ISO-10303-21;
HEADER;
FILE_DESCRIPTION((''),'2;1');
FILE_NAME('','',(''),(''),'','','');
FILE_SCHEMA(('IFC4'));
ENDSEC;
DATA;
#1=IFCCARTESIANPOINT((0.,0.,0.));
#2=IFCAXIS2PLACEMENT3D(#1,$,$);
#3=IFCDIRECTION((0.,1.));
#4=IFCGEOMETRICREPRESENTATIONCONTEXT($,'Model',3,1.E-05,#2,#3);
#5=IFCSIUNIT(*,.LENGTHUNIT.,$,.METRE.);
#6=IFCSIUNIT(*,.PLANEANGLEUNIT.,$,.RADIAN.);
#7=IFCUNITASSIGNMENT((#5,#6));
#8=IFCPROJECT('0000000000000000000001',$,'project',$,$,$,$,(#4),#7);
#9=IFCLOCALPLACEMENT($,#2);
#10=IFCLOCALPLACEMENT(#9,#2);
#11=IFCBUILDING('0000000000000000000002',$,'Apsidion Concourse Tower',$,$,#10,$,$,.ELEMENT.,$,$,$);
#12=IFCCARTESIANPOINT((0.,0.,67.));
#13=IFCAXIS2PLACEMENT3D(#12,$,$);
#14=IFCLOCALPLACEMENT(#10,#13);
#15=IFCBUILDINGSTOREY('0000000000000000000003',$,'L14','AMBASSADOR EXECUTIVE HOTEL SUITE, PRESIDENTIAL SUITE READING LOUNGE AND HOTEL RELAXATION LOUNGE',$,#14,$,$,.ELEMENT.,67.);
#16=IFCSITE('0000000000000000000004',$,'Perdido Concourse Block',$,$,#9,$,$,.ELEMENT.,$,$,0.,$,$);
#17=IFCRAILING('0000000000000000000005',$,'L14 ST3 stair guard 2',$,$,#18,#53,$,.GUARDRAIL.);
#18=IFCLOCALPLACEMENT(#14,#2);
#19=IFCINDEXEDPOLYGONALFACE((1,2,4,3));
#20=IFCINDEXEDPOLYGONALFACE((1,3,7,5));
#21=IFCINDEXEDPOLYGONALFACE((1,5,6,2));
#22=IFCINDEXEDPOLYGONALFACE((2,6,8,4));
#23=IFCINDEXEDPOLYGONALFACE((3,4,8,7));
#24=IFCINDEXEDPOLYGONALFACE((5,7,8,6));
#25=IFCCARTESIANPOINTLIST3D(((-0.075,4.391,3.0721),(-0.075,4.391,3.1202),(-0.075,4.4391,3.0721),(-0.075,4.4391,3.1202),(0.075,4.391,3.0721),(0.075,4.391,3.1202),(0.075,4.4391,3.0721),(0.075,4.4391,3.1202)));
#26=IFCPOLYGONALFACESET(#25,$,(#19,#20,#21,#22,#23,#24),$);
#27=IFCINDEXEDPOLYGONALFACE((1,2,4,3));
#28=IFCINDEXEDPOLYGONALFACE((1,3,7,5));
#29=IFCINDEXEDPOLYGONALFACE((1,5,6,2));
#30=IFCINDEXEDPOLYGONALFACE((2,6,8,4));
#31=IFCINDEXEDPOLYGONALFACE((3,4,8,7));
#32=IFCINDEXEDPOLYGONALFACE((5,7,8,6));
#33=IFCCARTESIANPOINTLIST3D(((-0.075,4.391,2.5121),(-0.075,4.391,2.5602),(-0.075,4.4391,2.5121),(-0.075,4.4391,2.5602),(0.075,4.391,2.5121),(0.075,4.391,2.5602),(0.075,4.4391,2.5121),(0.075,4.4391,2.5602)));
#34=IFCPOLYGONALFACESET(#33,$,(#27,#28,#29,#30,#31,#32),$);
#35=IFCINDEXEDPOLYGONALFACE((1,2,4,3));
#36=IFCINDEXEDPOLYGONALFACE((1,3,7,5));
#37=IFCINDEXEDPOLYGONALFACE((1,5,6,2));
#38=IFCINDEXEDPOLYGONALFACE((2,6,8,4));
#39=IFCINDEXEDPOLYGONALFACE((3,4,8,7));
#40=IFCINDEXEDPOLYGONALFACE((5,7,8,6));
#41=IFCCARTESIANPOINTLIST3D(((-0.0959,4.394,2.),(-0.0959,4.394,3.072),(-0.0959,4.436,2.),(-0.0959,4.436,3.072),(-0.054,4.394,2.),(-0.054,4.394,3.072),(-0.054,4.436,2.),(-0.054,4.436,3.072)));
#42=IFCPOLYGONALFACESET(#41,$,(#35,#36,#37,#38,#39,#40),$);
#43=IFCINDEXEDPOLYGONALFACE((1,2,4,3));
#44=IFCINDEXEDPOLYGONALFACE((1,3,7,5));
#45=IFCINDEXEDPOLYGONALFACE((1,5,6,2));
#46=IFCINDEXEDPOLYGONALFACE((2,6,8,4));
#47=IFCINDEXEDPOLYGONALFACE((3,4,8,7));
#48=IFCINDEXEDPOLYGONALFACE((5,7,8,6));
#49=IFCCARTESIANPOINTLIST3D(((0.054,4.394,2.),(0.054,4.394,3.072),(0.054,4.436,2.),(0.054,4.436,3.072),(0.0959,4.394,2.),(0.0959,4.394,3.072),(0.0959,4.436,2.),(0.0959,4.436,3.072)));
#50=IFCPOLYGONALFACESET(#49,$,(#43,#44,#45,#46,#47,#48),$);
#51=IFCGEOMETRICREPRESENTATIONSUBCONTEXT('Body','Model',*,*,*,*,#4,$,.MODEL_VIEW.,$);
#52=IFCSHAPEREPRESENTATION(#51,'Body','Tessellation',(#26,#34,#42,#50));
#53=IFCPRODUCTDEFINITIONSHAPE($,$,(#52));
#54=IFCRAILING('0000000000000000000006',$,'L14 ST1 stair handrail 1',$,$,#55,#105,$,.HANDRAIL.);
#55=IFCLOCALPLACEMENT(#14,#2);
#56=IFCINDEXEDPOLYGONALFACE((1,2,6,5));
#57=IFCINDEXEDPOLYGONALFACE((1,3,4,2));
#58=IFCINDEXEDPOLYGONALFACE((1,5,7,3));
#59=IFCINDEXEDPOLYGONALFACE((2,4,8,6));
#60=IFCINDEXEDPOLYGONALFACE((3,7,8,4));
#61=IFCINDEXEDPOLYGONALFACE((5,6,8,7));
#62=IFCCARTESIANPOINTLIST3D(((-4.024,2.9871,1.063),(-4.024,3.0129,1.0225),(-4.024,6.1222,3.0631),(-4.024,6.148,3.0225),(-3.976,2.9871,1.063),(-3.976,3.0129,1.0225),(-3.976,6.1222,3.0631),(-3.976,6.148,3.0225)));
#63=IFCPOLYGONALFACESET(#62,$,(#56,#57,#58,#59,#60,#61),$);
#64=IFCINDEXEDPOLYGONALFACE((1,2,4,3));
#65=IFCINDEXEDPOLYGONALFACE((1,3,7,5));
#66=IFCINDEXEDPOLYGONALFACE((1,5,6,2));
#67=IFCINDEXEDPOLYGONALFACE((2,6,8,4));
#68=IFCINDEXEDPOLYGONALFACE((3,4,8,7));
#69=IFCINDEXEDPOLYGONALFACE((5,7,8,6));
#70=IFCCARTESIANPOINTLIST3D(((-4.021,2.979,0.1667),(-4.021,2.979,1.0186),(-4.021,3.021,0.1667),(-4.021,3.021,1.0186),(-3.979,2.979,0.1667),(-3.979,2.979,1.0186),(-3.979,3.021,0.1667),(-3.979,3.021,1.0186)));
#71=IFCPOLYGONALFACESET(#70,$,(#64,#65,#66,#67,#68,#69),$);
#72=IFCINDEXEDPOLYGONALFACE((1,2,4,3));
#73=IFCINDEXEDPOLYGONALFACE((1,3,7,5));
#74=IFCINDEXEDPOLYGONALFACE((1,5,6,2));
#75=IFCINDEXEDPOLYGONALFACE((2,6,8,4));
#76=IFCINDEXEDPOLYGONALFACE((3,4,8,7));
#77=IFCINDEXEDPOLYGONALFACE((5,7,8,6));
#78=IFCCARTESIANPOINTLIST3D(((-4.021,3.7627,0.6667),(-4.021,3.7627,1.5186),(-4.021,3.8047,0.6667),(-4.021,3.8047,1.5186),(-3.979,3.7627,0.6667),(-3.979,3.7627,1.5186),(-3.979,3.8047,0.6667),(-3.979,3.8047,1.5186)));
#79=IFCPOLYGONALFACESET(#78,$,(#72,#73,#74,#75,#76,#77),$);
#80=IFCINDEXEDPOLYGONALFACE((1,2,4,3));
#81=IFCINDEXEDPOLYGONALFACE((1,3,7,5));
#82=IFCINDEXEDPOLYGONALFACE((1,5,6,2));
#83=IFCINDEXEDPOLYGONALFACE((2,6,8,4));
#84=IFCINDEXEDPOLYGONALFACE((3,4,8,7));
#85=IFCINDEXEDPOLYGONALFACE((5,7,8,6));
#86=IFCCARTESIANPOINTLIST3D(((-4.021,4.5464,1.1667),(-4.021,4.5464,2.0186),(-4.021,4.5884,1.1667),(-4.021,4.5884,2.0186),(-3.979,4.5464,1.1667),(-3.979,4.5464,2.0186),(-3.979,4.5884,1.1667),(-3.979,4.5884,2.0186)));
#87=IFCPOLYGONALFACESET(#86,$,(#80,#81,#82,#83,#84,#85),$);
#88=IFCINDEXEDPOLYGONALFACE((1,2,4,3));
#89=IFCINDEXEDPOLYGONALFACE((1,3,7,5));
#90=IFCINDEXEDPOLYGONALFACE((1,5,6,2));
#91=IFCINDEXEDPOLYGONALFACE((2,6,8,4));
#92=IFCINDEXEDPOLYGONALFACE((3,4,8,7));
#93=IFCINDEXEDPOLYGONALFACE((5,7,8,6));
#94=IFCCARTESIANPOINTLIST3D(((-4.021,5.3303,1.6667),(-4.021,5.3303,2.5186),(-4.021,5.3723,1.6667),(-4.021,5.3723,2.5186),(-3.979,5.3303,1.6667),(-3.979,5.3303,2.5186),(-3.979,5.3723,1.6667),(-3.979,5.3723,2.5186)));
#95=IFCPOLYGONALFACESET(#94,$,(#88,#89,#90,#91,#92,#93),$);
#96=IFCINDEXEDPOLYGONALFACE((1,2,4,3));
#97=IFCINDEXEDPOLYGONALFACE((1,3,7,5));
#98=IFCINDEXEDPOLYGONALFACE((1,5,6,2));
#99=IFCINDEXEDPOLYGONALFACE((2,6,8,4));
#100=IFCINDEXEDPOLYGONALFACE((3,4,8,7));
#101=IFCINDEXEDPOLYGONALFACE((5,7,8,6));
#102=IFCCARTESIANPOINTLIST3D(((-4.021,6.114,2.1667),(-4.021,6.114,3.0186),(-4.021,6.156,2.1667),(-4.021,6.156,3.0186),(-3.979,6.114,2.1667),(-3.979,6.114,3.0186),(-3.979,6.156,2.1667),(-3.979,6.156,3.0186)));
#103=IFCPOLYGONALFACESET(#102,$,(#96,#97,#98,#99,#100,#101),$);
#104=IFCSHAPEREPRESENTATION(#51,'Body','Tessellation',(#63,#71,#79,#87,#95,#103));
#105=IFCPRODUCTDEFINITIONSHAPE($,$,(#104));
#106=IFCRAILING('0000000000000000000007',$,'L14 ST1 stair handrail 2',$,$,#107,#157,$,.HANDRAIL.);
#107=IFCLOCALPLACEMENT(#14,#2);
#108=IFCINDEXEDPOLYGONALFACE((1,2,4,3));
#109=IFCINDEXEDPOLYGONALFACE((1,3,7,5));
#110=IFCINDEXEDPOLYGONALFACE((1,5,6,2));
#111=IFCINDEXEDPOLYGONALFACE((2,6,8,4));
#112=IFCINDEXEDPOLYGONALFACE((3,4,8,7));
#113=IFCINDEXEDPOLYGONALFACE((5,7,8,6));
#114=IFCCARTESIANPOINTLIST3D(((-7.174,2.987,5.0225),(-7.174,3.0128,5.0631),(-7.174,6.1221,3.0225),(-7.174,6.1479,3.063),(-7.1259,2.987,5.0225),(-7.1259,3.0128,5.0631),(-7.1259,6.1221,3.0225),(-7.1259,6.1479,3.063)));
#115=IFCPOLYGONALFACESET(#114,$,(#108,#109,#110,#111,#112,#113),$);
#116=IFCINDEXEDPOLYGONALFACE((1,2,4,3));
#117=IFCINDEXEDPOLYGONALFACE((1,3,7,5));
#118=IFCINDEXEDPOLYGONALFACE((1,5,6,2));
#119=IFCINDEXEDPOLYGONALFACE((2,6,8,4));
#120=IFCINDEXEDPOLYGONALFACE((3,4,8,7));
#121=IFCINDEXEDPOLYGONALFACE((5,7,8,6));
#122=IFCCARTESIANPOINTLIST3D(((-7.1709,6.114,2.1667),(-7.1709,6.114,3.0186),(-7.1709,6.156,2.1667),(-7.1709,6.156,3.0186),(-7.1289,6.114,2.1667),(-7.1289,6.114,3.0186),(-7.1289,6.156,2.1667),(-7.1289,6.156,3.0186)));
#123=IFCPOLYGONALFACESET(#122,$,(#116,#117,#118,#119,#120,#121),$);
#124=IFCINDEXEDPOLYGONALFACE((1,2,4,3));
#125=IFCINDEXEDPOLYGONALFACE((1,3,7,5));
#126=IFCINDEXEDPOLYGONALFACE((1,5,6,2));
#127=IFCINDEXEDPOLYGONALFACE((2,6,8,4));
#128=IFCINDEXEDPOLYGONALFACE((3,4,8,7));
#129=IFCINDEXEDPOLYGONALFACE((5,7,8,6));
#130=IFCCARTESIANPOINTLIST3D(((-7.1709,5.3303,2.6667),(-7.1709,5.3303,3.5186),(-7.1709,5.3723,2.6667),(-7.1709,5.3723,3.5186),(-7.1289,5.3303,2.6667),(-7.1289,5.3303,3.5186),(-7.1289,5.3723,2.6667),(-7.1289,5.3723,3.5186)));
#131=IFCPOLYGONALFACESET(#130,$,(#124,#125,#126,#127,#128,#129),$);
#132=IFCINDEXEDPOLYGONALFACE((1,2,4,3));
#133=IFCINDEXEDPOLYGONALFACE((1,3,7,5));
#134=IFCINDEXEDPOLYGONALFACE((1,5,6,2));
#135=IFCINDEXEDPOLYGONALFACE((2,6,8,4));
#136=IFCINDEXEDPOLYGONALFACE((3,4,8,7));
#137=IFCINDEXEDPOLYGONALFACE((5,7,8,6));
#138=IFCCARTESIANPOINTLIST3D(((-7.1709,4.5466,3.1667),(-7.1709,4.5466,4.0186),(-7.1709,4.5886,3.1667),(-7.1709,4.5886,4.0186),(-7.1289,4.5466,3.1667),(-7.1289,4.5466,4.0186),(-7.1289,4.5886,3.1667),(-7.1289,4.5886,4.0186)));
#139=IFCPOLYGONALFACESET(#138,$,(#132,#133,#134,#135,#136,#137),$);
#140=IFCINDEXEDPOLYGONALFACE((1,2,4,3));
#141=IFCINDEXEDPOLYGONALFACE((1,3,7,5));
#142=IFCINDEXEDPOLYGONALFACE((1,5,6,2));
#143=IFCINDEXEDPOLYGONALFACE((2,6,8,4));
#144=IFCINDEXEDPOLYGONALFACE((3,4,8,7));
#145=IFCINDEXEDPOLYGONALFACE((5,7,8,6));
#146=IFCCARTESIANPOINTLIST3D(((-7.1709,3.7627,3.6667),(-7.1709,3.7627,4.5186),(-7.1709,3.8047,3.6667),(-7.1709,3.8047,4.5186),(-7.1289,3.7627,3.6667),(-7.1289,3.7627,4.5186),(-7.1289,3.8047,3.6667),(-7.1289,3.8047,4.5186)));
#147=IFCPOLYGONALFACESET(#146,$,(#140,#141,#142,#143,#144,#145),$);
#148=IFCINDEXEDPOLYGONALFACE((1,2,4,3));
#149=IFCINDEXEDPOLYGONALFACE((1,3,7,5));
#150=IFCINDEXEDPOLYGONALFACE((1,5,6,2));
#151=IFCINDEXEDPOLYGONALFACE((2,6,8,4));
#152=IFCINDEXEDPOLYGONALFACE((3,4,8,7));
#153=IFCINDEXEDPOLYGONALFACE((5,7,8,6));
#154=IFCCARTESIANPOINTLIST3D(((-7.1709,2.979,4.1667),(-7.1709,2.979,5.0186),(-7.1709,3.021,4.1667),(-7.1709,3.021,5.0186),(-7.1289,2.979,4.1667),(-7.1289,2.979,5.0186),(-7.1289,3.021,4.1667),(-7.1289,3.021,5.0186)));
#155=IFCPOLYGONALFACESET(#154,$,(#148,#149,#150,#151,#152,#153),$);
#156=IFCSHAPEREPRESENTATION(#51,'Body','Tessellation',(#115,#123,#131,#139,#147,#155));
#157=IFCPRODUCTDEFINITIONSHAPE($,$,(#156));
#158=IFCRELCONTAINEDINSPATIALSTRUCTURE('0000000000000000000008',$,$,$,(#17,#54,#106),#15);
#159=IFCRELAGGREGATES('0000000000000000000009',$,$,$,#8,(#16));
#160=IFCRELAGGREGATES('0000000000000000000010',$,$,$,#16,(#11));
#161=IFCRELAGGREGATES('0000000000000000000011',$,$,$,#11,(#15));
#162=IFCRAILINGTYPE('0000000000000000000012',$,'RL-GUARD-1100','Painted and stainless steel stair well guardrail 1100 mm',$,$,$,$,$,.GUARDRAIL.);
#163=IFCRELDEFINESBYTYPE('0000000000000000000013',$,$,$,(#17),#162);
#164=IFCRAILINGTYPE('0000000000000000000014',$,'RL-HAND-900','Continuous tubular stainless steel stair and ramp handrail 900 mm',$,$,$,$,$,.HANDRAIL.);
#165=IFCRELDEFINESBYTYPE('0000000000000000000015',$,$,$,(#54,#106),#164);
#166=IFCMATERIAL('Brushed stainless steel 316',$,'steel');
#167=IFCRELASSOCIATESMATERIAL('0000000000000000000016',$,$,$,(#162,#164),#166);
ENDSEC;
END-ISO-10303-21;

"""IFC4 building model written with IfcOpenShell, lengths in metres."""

from ifc_helpers import new_model, si_unit, direction, frame, origin, origin_2d, place, context, subcontext, project, spatial, rectangle, extrude, material, type_object, element, save


model = new_model("IFC4")

# Units and contexts
model_context = context("Model", 3, precision=1e-05, world=origin(), true_north=direction((0.0, 1.0)))
body_context = subcontext(model_context, "Body", "Model", "MODEL_VIEW")
ifc_project = project(units=[si_unit("LENGTHUNIT", "METRE"), si_unit("PLANEANGLEUNIT", "RADIAN")], contexts=[model_context])

# Site, building, storey
site_placement = place(None, origin())
site = spatial("IfcSite", under=ifc_project, at=site_placement, Name="Perdido Concourse Block", CompositionType="ELEMENT", RefElevation=0.0)
building_placement = place(site_placement, origin())
building = spatial("IfcBuilding", under=site, at=building_placement, Name="Apsidion Concourse Tower", CompositionType="ELEMENT")
storey_placement = place(building_placement, frame((0.0, 0.0, 67.0)))
storey = spatial("IfcBuildingStorey", under=building, at=storey_placement, Name="L14", Description="AMBASSADOR EXECUTIVE HOTEL SUITE, PRESIDENTIAL SUITE READING LOUNGE AND HOTEL RELAXATION LOUNGE", CompositionType="ELEMENT", Elevation=67.0)

# Railings
ifc_material_1 = material(Name="Brushed stainless steel 316", Category="steel")
railing_type_1 = type_object("IfcRailingType", Name="RL-GUARD-1100", Description="Painted and stainless steel stair well guardrail 1100 mm", PredefinedType="GUARDRAIL", material=ifc_material_1)
railing_1_placement = place(storey_placement, frame((-0.075, 4.415, 2.0)))
element("IfcRailing", 1, at=railing_1_placement, inside=storey, type_object=railing_type_1, Name="L14 ST3 stair guard 2", PredefinedType="GUARDRAIL", context=body_context, shape_type="SweptSolid", body=[
    extrude(rectangle(XDim=0.0481, YDim=0.0481, at=origin_2d()), frame((0.0, 0.0, 1.0962), z_axis=(1.0, 0.0, 0.0), x_axis=(0.0, 1.0, 0.0)), (0.0, 0.0, 1.0), 0.1499),
    extrude(rectangle(XDim=0.0481, YDim=0.0481, at=origin_2d()), frame((0.0, 0.0, 0.5361), z_axis=(1.0, 0.0, 0.0), x_axis=(0.0, 1.0, 0.0)), (0.0, 0.0, 1.0), 0.1499),
    extrude(rectangle(XDim=0.042, YDim=0.042, at=origin_2d()), origin(), (0.0, 0.0, 1.0), 1.072),
    extrude(rectangle(XDim=0.042, YDim=0.042, at=origin_2d()), frame((0.1499, 0.0, 0.0)), (0.0, 0.0, 1.0), 1.072),
])
railing_type_2 = type_object("IfcRailingType", Name="RL-HAND-900", Description="Continuous tubular stainless steel stair and ramp handrail 900 mm", PredefinedType="HANDRAIL", material=ifc_material_1)
railing_2_placement = place(storey_placement, frame((-4.0, 3.0, 0.1667)))
element("IfcRailing", 2, at=railing_2_placement, inside=storey, type_object=railing_type_2, Name="L14 ST1 stair handrail 1", PredefinedType="HANDRAIL", context=body_context, shape_type="SweptSolid", body=[
    extrude(rectangle(XDim=0.0481, YDim=0.0481, at=origin_2d()), frame((0.0, 0.0, 0.876), z_axis=(0.0, 0.843053, 0.537831), x_axis=(-1.0, 0.0, 0.0)), (0.0, 0.0, 1.0), 3.7188),
    extrude(rectangle(XDim=0.042, YDim=0.042, at=origin_2d()), origin(), (0.0, 0.0, 1.0), 0.8518),
    extrude(rectangle(XDim=0.042, YDim=0.042, at=origin_2d()), frame((0.0, 0.7837, 0.5)), (0.0, 0.0, 1.0), 0.8518),
    extrude(rectangle(XDim=0.042, YDim=0.042, at=origin_2d()), frame((0.0, 1.5674, 1.0)), (0.0, 0.0, 1.0), 0.8518),
    extrude(rectangle(XDim=0.042, YDim=0.042, at=origin_2d()), frame((0.0, 2.3513, 1.5)), (0.0, 0.0, 1.0), 0.8518),
    extrude(rectangle(XDim=0.042, YDim=0.042, at=origin_2d()), frame((0.0, 3.135, 2.0)), (0.0, 0.0, 1.0), 0.8518),
])
railing_3_placement = place(storey_placement, frame((-7.1499, 6.135, 2.1667)))
element("IfcRailing", 3, at=railing_3_placement, inside=storey, type_object=railing_type_2, Name="L14 ST1 stair handrail 2", PredefinedType="HANDRAIL", context=body_context, shape_type="SweptSolid", body=[
    extrude(rectangle(XDim=0.0481, YDim=0.0481, at=origin_2d()), frame((0.0, 0.0, 0.876), z_axis=(0.0, -0.843053, 0.537831), x_axis=(1.0, 0.0, 0.0)), (0.0, 0.0, 1.0), 3.7188),
    extrude(rectangle(XDim=0.042, YDim=0.042, at=origin_2d()), origin(), (0.0, 0.0, 1.0), 0.8518),
    extrude(rectangle(XDim=0.042, YDim=0.042, at=origin_2d()), frame((0.0, -0.7837, 0.5)), (0.0, 0.0, 1.0), 0.8518),
    extrude(rectangle(XDim=0.042, YDim=0.042, at=origin_2d()), frame((0.0, -1.5674, 1.0)), (0.0, 0.0, 1.0), 0.8518),
    extrude(rectangle(XDim=0.042, YDim=0.042, at=origin_2d()), frame((0.0, -2.3513, 1.5)), (0.0, 0.0, 1.0), 0.8518),
    extrude(rectangle(XDim=0.042, YDim=0.042, at=origin_2d()), frame((0.0, -3.135, 2.0)), (0.0, 0.0, 1.0), 0.8518),
])

save(model, "model.ifc")
